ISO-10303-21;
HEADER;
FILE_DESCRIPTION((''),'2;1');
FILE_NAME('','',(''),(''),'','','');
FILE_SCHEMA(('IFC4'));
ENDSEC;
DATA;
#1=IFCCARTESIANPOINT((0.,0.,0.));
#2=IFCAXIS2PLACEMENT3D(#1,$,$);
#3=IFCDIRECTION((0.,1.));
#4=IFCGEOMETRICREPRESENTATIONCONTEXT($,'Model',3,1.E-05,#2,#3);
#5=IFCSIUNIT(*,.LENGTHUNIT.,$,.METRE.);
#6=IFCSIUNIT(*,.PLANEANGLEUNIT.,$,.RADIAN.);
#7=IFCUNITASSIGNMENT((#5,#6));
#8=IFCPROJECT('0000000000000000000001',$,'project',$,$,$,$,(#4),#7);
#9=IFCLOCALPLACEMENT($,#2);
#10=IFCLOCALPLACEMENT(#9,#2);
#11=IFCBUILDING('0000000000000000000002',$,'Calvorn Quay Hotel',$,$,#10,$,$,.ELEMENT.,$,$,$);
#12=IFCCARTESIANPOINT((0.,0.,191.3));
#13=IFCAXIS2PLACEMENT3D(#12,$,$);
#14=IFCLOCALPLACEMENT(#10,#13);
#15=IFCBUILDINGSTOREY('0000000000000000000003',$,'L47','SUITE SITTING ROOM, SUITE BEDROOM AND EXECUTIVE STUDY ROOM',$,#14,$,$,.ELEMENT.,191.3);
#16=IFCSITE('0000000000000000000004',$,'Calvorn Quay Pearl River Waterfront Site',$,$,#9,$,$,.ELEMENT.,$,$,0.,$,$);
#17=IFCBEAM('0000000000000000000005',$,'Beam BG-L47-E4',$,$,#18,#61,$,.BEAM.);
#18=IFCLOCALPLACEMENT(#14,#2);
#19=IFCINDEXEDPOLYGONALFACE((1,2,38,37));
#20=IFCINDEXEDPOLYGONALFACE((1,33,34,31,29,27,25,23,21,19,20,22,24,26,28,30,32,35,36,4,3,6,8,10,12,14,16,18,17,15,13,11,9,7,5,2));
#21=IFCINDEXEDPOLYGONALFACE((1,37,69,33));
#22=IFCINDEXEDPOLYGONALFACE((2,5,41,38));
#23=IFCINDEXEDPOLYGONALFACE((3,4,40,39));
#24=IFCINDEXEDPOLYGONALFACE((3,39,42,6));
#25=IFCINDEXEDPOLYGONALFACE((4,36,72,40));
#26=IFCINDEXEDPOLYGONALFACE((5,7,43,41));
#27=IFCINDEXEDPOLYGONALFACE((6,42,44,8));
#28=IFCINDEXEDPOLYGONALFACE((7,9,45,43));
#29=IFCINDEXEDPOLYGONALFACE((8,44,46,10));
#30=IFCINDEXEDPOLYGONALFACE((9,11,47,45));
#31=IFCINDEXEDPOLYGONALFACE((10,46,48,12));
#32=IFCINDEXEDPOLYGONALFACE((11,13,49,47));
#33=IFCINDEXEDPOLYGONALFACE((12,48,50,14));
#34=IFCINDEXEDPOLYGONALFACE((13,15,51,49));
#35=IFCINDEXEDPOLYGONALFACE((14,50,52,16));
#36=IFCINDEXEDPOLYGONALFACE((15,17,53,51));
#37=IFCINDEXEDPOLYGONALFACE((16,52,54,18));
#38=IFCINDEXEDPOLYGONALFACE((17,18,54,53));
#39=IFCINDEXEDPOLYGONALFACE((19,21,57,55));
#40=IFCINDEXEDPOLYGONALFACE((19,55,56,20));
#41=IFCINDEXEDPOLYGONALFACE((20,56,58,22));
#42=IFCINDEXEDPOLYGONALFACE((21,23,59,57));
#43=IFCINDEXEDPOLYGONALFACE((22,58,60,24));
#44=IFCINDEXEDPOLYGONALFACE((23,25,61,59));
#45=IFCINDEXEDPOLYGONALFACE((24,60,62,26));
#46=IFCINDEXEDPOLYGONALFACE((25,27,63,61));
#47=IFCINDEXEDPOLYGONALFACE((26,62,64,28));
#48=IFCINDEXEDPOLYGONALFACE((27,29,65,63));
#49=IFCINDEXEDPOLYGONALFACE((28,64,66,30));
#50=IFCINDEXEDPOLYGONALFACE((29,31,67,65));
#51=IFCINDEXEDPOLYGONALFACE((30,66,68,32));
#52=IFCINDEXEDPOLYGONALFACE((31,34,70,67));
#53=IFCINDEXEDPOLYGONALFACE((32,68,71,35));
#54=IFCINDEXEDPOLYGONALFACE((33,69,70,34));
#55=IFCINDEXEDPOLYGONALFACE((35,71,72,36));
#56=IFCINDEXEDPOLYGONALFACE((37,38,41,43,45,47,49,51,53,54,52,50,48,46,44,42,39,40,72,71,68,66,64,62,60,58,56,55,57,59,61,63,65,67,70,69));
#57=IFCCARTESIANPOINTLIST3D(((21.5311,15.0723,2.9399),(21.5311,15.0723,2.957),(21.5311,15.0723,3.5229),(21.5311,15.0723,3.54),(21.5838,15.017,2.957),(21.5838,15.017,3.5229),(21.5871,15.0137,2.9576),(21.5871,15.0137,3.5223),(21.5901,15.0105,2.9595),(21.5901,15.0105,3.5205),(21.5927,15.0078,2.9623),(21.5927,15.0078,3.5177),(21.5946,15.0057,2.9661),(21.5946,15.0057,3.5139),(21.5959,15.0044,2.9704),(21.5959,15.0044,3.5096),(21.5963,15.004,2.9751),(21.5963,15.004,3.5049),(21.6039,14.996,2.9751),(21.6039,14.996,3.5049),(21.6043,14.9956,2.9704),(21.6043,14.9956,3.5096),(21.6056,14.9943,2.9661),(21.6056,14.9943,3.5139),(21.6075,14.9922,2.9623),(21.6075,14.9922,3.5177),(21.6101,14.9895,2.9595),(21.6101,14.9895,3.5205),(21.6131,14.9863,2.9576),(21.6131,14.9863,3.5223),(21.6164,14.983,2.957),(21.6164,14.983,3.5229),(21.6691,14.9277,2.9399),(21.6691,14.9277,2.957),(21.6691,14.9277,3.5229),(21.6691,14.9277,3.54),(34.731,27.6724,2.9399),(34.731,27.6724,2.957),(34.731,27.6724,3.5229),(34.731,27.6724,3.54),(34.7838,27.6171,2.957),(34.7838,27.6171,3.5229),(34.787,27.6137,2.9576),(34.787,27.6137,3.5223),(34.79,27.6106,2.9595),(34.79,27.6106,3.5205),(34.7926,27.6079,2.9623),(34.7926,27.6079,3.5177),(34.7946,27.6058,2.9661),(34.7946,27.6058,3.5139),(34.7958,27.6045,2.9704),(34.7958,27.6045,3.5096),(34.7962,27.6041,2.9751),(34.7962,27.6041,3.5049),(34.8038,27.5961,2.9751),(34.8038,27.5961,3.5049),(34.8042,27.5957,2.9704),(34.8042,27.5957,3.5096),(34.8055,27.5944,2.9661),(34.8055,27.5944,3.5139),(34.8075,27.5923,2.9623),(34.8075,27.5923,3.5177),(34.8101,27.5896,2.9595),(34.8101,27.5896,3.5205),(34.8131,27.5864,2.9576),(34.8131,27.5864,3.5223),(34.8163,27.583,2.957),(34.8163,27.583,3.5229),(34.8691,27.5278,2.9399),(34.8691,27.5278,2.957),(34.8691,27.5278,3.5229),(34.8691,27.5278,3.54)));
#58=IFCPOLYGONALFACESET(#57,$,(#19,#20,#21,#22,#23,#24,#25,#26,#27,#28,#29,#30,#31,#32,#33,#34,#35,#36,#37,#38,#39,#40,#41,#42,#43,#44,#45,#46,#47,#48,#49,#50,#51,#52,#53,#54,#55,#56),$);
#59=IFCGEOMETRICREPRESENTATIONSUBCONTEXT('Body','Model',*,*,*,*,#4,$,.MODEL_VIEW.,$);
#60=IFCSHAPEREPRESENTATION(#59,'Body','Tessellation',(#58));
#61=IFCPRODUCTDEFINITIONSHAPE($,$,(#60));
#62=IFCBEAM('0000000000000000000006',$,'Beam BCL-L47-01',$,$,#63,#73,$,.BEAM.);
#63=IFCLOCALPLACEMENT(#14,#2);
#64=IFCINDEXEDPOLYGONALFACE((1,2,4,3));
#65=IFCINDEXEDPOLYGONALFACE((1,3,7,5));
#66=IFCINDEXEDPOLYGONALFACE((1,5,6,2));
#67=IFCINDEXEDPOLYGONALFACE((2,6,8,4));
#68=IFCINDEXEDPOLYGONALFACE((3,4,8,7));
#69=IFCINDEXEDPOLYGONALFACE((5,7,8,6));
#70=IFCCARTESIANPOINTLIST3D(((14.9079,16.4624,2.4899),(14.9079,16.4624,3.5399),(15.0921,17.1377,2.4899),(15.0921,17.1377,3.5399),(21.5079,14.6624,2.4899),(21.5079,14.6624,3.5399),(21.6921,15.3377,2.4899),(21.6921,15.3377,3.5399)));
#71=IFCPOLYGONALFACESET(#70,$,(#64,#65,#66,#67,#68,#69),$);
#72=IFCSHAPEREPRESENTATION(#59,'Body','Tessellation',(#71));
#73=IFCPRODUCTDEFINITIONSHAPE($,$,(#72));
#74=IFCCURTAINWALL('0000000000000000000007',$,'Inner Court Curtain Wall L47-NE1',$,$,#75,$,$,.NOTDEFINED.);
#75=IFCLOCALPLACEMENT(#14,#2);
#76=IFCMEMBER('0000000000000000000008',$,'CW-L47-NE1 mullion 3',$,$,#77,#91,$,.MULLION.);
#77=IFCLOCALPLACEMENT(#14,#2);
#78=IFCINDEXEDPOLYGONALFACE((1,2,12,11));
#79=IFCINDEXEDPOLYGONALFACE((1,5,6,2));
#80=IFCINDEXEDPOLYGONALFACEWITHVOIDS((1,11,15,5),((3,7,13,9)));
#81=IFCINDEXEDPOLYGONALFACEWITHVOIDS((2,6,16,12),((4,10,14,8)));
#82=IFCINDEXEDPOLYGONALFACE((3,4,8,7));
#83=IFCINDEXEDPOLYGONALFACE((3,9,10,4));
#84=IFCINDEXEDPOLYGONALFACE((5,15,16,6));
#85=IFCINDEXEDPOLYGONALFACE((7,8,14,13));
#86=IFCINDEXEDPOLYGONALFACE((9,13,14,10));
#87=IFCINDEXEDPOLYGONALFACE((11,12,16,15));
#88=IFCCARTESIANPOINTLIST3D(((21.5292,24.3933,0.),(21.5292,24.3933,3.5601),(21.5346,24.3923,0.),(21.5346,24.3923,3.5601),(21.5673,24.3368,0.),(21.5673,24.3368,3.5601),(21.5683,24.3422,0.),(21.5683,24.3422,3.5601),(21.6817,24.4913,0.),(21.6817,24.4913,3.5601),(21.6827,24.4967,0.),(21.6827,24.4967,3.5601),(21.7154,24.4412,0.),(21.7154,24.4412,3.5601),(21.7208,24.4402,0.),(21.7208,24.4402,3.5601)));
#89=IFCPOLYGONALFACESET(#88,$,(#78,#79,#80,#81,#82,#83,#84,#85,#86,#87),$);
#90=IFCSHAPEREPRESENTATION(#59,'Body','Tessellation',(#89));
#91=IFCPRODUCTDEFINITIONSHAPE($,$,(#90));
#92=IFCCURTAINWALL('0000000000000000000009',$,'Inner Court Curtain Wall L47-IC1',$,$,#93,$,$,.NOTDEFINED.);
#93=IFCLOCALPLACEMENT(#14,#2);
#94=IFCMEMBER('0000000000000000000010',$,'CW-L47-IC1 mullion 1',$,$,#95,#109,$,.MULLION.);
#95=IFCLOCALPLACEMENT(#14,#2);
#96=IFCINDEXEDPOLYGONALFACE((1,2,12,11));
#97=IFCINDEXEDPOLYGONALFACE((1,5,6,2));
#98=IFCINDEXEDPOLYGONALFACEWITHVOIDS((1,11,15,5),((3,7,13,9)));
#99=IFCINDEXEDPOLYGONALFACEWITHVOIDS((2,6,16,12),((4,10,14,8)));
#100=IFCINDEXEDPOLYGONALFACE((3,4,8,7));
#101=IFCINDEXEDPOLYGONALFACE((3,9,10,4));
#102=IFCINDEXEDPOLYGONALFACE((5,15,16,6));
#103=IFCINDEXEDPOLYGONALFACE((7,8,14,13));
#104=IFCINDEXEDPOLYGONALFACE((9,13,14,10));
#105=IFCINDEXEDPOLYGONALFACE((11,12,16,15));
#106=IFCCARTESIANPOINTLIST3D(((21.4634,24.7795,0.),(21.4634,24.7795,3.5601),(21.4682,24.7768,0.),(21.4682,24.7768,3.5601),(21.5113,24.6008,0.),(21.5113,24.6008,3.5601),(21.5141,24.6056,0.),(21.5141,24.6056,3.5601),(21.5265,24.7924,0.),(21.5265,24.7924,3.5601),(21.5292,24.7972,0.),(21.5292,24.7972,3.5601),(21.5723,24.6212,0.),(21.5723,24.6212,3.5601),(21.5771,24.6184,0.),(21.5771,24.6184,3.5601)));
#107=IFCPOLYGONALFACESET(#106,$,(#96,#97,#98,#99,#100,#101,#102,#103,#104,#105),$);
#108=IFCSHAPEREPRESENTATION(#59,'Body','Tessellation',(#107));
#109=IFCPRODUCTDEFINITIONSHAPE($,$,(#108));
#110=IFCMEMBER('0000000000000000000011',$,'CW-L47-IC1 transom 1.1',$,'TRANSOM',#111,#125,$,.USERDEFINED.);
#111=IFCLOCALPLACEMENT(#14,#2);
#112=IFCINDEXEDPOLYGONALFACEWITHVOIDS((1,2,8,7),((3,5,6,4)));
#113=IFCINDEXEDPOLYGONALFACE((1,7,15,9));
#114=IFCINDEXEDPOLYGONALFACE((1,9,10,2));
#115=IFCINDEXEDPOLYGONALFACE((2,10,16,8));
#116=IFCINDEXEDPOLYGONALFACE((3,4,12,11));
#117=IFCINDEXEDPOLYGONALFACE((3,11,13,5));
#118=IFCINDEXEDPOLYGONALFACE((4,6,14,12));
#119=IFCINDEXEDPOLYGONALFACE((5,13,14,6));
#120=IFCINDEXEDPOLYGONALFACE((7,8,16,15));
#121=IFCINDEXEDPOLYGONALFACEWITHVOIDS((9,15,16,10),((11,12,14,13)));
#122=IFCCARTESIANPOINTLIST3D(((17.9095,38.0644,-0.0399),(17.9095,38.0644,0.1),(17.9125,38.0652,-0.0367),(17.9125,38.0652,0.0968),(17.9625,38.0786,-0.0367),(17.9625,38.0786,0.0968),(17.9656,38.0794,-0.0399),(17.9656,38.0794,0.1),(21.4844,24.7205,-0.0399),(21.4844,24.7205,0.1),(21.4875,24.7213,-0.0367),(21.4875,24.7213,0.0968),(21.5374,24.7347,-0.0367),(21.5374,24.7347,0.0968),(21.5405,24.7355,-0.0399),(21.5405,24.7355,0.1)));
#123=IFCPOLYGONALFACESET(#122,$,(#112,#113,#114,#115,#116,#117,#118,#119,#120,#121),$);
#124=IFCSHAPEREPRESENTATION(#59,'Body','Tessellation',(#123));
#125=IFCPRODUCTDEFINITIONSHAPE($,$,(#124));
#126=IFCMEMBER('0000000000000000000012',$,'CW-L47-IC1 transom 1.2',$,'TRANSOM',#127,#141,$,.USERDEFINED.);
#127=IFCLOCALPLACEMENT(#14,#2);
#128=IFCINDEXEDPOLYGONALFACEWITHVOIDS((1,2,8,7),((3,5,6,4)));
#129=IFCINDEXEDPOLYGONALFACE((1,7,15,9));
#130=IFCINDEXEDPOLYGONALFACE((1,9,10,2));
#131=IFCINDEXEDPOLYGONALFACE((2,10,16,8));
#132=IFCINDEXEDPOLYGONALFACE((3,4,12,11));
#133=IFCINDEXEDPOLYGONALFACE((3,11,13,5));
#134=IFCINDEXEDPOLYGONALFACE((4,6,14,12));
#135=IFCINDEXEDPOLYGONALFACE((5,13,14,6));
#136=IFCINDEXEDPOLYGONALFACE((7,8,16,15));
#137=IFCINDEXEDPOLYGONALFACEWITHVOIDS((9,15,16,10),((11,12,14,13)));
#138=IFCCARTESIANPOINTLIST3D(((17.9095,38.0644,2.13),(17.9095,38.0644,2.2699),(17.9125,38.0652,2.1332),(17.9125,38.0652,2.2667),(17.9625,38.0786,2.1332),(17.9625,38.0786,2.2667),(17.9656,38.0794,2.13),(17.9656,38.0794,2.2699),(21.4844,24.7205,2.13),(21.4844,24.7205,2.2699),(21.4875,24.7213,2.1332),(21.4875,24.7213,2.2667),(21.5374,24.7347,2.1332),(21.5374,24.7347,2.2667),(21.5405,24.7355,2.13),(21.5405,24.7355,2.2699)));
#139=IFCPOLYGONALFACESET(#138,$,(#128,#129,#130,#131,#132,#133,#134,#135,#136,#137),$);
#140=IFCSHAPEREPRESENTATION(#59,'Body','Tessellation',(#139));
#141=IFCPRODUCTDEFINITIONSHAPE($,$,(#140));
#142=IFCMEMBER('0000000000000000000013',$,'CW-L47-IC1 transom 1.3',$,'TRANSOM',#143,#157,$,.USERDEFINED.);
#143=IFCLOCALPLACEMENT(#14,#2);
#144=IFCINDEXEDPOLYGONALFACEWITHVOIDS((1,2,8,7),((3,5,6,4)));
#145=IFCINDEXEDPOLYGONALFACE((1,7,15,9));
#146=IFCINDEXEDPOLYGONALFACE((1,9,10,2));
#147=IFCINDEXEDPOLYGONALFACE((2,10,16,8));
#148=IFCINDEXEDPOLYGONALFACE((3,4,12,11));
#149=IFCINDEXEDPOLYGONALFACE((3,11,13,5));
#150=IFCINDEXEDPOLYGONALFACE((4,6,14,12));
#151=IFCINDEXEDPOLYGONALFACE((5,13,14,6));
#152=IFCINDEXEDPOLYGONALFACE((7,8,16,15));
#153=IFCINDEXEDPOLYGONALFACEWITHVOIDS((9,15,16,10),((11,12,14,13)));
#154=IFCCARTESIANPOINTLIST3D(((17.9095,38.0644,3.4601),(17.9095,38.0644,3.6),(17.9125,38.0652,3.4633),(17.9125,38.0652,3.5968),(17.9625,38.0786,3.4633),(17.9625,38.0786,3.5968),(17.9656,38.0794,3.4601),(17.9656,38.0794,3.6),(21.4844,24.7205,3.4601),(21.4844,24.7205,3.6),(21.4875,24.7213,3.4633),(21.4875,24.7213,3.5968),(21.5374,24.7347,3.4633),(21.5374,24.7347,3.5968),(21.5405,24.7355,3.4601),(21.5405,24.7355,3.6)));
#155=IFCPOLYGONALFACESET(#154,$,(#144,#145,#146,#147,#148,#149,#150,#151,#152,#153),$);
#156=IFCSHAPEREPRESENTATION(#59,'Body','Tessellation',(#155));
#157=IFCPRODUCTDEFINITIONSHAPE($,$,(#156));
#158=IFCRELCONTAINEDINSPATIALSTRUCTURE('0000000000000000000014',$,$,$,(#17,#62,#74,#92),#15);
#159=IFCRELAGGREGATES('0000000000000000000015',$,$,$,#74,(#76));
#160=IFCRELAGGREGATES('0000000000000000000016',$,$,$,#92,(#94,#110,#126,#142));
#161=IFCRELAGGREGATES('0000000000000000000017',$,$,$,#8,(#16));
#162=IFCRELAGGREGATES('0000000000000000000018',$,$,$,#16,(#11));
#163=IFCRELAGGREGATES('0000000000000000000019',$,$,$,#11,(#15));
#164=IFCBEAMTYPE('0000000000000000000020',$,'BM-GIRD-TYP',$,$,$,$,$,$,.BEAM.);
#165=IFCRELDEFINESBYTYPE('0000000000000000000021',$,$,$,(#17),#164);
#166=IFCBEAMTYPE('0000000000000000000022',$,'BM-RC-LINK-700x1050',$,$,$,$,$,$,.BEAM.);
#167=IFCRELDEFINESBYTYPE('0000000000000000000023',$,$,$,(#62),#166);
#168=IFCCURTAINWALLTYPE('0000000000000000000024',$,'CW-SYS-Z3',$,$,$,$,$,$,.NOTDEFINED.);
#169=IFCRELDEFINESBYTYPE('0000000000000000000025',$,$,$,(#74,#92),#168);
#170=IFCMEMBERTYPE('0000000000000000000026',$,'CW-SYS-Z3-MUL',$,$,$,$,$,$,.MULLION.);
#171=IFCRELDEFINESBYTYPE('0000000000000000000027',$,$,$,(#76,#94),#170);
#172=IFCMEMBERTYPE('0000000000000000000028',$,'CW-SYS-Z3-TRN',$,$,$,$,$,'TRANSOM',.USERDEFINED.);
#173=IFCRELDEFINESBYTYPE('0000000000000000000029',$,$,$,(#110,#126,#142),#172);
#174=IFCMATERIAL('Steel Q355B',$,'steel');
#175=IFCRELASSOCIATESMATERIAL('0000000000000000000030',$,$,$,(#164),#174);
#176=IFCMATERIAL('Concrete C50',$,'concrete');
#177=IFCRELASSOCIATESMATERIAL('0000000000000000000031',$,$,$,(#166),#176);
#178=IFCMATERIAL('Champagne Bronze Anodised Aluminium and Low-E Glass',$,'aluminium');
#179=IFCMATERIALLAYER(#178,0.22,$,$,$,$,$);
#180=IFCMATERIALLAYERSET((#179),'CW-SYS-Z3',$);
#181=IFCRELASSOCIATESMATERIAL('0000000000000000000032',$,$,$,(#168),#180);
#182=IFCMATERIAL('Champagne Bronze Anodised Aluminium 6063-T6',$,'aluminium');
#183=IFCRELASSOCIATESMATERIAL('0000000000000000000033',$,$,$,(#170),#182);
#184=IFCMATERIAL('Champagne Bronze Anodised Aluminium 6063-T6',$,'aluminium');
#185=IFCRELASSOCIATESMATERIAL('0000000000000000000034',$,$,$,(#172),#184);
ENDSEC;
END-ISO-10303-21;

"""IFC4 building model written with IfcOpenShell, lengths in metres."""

from ifc_helpers import new_model, si_unit, direction, frame, origin, origin_2d, place, context, subcontext, project, spatial, rectangle, hollow_rectangle, i_section, extrude, material, layer, layer_set, material_profile, profile_set, type_object, element, aggregate, save


model = new_model("IFC4")

# Units and contexts
model_context = context("Model", 3, precision=1e-05, world=origin(), true_north=direction((0.0, 1.0)))
body_context = subcontext(model_context, "Body", "Model", "MODEL_VIEW")
ifc_project = project(units=[si_unit("LENGTHUNIT", "METRE"), si_unit("PLANEANGLEUNIT", "RADIAN")], contexts=[model_context])

# Site, building, storey
site_placement = place(None, origin())
site = spatial("IfcSite", under=ifc_project, at=site_placement, Name="Calvorn Quay Pearl River Waterfront Site", CompositionType="ELEMENT", RefElevation=0.0)
building_placement = place(site_placement, origin())
building = spatial("IfcBuilding", under=site, at=building_placement, Name="Calvorn Quay Hotel", CompositionType="ELEMENT")
storey_placement = place(building_placement, frame((0.0, 0.0, 191.3)))
storey = spatial("IfcBuildingStorey", under=building, at=storey_placement, Name="L47", Description="SUITE SITTING ROOM, SUITE BEDROOM AND EXECUTIVE STUDY ROOM", CompositionType="ELEMENT", Elevation=191.3)

# Beams
ifc_material_1 = material(Name="Steel Q355B", Category="steel")
ifc_material_profile_1 = material_profile(ifc_material_1, i_section(OverallWidth=0.2, OverallDepth=0.6001, WebThickness=0.011, FlangeThickness=0.0171, FilletRadius=0.0181, at=origin_2d()), Name="HN600x200x11x17")
ifc_profile_set_1 = profile_set([ifc_material_profile_1], Name="Steel Q355B")
beam_type_1 = type_object("IfcBeamType", Name="BM-GIRD-TYP", PredefinedType="BEAM", material=ifc_profile_set_1)
beam_1_placement = place(storey_placement, frame((21.6001, 15.0, 3.24), z_axis=(0.723352, 0.69048, 0.0), x_axis=(-0.69048, 0.723352, 0.0)))
element("IfcBeam", 1, at=beam_1_placement, inside=storey, type_object=beam_type_1, Name="Beam BG-L47-E4", PredefinedType="BEAM", context=body_context, shape_type="SweptSolid", body=[
    extrude(i_section(OverallWidth=0.2, OverallDepth=0.6001, WebThickness=0.011, FlangeThickness=0.0171, FilletRadius=0.0181, at=origin_2d()), origin(), (0.0, 0.0, 1.0), 18.2483),
])
ifc_material_2 = material(Name="Concrete C50", Category="concrete")
ifc_material_profile_2 = material_profile(ifc_material_2, rectangle(XDim=0.7, YDim=1.05, at=origin_2d()), Name="RCB700x1050")
ifc_profile_set_2 = profile_set([ifc_material_profile_2], Name="Concrete C50")
beam_type_2 = type_object("IfcBeamType", Name="BM-RC-LINK-700x1050", PredefinedType="BEAM", material=ifc_profile_set_2)
beam_2_placement = place(storey_placement, frame((15.0, 16.8, 3.0149), z_axis=(0.964763, -0.26312, 0.0), x_axis=(0.26312, 0.964763, 0.0)))
element("IfcBeam", 2, at=beam_2_placement, inside=storey, type_object=beam_type_2, Name="Beam BCL-L47-01", PredefinedType="BEAM", context=body_context, shape_type="SweptSolid", body=[
    extrude(rectangle(XDim=0.7, YDim=1.05, at=origin_2d()), origin(), (0.0, 0.0, 1.0), 6.8411),
])

# Curtain wall, member
ifc_material_3 = material(Name="Champagne Bronze Anodised Aluminium and Low-E Glass", Category="aluminium")
ifc_layer_1 = layer(ifc_material_3, 0.22)
ifc_layer_set_1 = layer_set([ifc_layer_1], Name="CW-SYS-Z3")
curtain_wall_type = type_object("IfcCurtainWallType", Name="CW-SYS-Z3", PredefinedType="NOTDEFINED", material=ifc_layer_set_1)
curtain_wall_1_placement = place(storey_placement, origin())
curtain_wall_1 = element("IfcCurtainWall", 3, at=curtain_wall_1_placement, inside=storey, type_object=curtain_wall_type, Name="Inner Court Curtain Wall L47-NE1", PredefinedType="NOTDEFINED")
ifc_material_4 = material(Name="Champagne Bronze Anodised Aluminium 6063-T6", Category="aluminium")
ifc_material_profile_3 = material_profile(ifc_material_4, hollow_rectangle(XDim=0.0681, YDim=0.1851, WallThickness=0.0039, at=origin_2d()), Name="ALU-M185x68x4")
ifc_profile_set_3 = profile_set([ifc_material_profile_3], Name="Champagne Bronze Anodised Aluminium 6063-T6")
member_type_1 = type_object("IfcMemberType", Name="CW-SYS-Z3-MUL", PredefinedType="MULLION", material=ifc_profile_set_3)
member_1_placement = place(storey_placement, frame((21.625, 24.4167, 0.0), z_axis=(0.0, 0.0, 1.0), x_axis=(0.558485, -0.829515, 0.0)))
member_1 = element("IfcMember", 4, at=member_1_placement, type_object=member_type_1, Name="CW-L47-NE1 mullion 3", PredefinedType="MULLION", context=body_context, shape_type="SweptSolid", body=[
    extrude(hollow_rectangle(XDim=0.0681, YDim=0.1851, WallThickness=0.0039, at=origin_2d()), origin(), (0.0, 0.0, 1.0), 3.5601),
])
aggregate(curtain_wall_1, [member_1])

# Curtain wall, members
curtain_wall_2_placement = place(storey_placement, origin())
curtain_wall_2 = element("IfcCurtainWall", 5, at=curtain_wall_2_placement, inside=storey, type_object=curtain_wall_type, Name="Inner Court Curtain Wall L47-IC1", PredefinedType="NOTDEFINED")
member_2_placement = place(storey_placement, frame((21.5203, 24.699, 0.0), z_axis=(0.0, 0.0, 1.0), x_axis=(-0.965937, -0.258779, 0.0)))
member_2 = element("IfcMember", 6, at=member_2_placement, type_object=member_type_1, Name="CW-L47-IC1 mullion 1", PredefinedType="MULLION", context=body_context, shape_type="SweptSolid", body=[
    extrude(hollow_rectangle(XDim=0.0681, YDim=0.1851, WallThickness=0.0039, at=origin_2d()), origin(), (0.0, 0.0, 1.0), 3.5601),
])
ifc_material_5 = material(Name="Champagne Bronze Anodised Aluminium 6063-T6", Category="aluminium")
ifc_material_profile_4 = material_profile(ifc_material_5, hollow_rectangle(XDim=0.0581, YDim=0.1399, WallThickness=0.0032, at=origin_2d()), Name="ALU-T140x58x3.2")
ifc_profile_set_4 = profile_set([ifc_material_profile_4], Name="Champagne Bronze Anodised Aluminium 6063-T6")
member_type_2 = type_object("IfcMemberType", Name="CW-SYS-Z3-TRN", ElementType="TRANSOM", PredefinedType="USERDEFINED", material=ifc_profile_set_4)
member_3_placement = place(storey_placement, frame((21.5125, 24.728, 0.03), z_axis=(-0.258781, 0.965936, 0.0), x_axis=(-0.965936, -0.258781, 0.0)))
member_3 = element("IfcMember", 7, at=member_3_placement, type_object=member_type_2, Name="CW-L47-IC1 transom 1.1", ObjectType="TRANSOM", PredefinedType="USERDEFINED", context=body_context, shape_type="SweptSolid", body=[
    extrude(hollow_rectangle(XDim=0.0581, YDim=0.1399, WallThickness=0.0032, at=origin_2d()), origin(), (0.0, 0.0, 1.0), 13.8145),
])
member_4_placement = place(storey_placement, frame((21.5125, 24.728, 2.2), z_axis=(-0.258781, 0.965936, 0.0), x_axis=(-0.965936, -0.258781, 0.0)))
member_4 = element("IfcMember", 8, at=member_4_placement, type_object=member_type_2, Name="CW-L47-IC1 transom 1.2", ObjectType="TRANSOM", PredefinedType="USERDEFINED", context=body_context, shape_type="SweptSolid", body=[
    extrude(hollow_rectangle(XDim=0.0581, YDim=0.1399, WallThickness=0.0032, at=origin_2d()), origin(), (0.0, 0.0, 1.0), 13.8145),
])
member_5_placement = place(storey_placement, frame((21.5125, 24.728, 3.53), z_axis=(-0.258781, 0.965936, 0.0), x_axis=(-0.965936, -0.258781, 0.0)))
member_5 = element("IfcMember", 9, at=member_5_placement, type_object=member_type_2, Name="CW-L47-IC1 transom 1.3", ObjectType="TRANSOM", PredefinedType="USERDEFINED", context=body_context, shape_type="SweptSolid", body=[
    extrude(hollow_rectangle(XDim=0.0581, YDim=0.1399, WallThickness=0.0032, at=origin_2d()), origin(), (0.0, 0.0, 1.0), 13.8145),
])
aggregate(curtain_wall_2, [member_2, member_3, member_4, member_5])

save(model, "model.ifc")
